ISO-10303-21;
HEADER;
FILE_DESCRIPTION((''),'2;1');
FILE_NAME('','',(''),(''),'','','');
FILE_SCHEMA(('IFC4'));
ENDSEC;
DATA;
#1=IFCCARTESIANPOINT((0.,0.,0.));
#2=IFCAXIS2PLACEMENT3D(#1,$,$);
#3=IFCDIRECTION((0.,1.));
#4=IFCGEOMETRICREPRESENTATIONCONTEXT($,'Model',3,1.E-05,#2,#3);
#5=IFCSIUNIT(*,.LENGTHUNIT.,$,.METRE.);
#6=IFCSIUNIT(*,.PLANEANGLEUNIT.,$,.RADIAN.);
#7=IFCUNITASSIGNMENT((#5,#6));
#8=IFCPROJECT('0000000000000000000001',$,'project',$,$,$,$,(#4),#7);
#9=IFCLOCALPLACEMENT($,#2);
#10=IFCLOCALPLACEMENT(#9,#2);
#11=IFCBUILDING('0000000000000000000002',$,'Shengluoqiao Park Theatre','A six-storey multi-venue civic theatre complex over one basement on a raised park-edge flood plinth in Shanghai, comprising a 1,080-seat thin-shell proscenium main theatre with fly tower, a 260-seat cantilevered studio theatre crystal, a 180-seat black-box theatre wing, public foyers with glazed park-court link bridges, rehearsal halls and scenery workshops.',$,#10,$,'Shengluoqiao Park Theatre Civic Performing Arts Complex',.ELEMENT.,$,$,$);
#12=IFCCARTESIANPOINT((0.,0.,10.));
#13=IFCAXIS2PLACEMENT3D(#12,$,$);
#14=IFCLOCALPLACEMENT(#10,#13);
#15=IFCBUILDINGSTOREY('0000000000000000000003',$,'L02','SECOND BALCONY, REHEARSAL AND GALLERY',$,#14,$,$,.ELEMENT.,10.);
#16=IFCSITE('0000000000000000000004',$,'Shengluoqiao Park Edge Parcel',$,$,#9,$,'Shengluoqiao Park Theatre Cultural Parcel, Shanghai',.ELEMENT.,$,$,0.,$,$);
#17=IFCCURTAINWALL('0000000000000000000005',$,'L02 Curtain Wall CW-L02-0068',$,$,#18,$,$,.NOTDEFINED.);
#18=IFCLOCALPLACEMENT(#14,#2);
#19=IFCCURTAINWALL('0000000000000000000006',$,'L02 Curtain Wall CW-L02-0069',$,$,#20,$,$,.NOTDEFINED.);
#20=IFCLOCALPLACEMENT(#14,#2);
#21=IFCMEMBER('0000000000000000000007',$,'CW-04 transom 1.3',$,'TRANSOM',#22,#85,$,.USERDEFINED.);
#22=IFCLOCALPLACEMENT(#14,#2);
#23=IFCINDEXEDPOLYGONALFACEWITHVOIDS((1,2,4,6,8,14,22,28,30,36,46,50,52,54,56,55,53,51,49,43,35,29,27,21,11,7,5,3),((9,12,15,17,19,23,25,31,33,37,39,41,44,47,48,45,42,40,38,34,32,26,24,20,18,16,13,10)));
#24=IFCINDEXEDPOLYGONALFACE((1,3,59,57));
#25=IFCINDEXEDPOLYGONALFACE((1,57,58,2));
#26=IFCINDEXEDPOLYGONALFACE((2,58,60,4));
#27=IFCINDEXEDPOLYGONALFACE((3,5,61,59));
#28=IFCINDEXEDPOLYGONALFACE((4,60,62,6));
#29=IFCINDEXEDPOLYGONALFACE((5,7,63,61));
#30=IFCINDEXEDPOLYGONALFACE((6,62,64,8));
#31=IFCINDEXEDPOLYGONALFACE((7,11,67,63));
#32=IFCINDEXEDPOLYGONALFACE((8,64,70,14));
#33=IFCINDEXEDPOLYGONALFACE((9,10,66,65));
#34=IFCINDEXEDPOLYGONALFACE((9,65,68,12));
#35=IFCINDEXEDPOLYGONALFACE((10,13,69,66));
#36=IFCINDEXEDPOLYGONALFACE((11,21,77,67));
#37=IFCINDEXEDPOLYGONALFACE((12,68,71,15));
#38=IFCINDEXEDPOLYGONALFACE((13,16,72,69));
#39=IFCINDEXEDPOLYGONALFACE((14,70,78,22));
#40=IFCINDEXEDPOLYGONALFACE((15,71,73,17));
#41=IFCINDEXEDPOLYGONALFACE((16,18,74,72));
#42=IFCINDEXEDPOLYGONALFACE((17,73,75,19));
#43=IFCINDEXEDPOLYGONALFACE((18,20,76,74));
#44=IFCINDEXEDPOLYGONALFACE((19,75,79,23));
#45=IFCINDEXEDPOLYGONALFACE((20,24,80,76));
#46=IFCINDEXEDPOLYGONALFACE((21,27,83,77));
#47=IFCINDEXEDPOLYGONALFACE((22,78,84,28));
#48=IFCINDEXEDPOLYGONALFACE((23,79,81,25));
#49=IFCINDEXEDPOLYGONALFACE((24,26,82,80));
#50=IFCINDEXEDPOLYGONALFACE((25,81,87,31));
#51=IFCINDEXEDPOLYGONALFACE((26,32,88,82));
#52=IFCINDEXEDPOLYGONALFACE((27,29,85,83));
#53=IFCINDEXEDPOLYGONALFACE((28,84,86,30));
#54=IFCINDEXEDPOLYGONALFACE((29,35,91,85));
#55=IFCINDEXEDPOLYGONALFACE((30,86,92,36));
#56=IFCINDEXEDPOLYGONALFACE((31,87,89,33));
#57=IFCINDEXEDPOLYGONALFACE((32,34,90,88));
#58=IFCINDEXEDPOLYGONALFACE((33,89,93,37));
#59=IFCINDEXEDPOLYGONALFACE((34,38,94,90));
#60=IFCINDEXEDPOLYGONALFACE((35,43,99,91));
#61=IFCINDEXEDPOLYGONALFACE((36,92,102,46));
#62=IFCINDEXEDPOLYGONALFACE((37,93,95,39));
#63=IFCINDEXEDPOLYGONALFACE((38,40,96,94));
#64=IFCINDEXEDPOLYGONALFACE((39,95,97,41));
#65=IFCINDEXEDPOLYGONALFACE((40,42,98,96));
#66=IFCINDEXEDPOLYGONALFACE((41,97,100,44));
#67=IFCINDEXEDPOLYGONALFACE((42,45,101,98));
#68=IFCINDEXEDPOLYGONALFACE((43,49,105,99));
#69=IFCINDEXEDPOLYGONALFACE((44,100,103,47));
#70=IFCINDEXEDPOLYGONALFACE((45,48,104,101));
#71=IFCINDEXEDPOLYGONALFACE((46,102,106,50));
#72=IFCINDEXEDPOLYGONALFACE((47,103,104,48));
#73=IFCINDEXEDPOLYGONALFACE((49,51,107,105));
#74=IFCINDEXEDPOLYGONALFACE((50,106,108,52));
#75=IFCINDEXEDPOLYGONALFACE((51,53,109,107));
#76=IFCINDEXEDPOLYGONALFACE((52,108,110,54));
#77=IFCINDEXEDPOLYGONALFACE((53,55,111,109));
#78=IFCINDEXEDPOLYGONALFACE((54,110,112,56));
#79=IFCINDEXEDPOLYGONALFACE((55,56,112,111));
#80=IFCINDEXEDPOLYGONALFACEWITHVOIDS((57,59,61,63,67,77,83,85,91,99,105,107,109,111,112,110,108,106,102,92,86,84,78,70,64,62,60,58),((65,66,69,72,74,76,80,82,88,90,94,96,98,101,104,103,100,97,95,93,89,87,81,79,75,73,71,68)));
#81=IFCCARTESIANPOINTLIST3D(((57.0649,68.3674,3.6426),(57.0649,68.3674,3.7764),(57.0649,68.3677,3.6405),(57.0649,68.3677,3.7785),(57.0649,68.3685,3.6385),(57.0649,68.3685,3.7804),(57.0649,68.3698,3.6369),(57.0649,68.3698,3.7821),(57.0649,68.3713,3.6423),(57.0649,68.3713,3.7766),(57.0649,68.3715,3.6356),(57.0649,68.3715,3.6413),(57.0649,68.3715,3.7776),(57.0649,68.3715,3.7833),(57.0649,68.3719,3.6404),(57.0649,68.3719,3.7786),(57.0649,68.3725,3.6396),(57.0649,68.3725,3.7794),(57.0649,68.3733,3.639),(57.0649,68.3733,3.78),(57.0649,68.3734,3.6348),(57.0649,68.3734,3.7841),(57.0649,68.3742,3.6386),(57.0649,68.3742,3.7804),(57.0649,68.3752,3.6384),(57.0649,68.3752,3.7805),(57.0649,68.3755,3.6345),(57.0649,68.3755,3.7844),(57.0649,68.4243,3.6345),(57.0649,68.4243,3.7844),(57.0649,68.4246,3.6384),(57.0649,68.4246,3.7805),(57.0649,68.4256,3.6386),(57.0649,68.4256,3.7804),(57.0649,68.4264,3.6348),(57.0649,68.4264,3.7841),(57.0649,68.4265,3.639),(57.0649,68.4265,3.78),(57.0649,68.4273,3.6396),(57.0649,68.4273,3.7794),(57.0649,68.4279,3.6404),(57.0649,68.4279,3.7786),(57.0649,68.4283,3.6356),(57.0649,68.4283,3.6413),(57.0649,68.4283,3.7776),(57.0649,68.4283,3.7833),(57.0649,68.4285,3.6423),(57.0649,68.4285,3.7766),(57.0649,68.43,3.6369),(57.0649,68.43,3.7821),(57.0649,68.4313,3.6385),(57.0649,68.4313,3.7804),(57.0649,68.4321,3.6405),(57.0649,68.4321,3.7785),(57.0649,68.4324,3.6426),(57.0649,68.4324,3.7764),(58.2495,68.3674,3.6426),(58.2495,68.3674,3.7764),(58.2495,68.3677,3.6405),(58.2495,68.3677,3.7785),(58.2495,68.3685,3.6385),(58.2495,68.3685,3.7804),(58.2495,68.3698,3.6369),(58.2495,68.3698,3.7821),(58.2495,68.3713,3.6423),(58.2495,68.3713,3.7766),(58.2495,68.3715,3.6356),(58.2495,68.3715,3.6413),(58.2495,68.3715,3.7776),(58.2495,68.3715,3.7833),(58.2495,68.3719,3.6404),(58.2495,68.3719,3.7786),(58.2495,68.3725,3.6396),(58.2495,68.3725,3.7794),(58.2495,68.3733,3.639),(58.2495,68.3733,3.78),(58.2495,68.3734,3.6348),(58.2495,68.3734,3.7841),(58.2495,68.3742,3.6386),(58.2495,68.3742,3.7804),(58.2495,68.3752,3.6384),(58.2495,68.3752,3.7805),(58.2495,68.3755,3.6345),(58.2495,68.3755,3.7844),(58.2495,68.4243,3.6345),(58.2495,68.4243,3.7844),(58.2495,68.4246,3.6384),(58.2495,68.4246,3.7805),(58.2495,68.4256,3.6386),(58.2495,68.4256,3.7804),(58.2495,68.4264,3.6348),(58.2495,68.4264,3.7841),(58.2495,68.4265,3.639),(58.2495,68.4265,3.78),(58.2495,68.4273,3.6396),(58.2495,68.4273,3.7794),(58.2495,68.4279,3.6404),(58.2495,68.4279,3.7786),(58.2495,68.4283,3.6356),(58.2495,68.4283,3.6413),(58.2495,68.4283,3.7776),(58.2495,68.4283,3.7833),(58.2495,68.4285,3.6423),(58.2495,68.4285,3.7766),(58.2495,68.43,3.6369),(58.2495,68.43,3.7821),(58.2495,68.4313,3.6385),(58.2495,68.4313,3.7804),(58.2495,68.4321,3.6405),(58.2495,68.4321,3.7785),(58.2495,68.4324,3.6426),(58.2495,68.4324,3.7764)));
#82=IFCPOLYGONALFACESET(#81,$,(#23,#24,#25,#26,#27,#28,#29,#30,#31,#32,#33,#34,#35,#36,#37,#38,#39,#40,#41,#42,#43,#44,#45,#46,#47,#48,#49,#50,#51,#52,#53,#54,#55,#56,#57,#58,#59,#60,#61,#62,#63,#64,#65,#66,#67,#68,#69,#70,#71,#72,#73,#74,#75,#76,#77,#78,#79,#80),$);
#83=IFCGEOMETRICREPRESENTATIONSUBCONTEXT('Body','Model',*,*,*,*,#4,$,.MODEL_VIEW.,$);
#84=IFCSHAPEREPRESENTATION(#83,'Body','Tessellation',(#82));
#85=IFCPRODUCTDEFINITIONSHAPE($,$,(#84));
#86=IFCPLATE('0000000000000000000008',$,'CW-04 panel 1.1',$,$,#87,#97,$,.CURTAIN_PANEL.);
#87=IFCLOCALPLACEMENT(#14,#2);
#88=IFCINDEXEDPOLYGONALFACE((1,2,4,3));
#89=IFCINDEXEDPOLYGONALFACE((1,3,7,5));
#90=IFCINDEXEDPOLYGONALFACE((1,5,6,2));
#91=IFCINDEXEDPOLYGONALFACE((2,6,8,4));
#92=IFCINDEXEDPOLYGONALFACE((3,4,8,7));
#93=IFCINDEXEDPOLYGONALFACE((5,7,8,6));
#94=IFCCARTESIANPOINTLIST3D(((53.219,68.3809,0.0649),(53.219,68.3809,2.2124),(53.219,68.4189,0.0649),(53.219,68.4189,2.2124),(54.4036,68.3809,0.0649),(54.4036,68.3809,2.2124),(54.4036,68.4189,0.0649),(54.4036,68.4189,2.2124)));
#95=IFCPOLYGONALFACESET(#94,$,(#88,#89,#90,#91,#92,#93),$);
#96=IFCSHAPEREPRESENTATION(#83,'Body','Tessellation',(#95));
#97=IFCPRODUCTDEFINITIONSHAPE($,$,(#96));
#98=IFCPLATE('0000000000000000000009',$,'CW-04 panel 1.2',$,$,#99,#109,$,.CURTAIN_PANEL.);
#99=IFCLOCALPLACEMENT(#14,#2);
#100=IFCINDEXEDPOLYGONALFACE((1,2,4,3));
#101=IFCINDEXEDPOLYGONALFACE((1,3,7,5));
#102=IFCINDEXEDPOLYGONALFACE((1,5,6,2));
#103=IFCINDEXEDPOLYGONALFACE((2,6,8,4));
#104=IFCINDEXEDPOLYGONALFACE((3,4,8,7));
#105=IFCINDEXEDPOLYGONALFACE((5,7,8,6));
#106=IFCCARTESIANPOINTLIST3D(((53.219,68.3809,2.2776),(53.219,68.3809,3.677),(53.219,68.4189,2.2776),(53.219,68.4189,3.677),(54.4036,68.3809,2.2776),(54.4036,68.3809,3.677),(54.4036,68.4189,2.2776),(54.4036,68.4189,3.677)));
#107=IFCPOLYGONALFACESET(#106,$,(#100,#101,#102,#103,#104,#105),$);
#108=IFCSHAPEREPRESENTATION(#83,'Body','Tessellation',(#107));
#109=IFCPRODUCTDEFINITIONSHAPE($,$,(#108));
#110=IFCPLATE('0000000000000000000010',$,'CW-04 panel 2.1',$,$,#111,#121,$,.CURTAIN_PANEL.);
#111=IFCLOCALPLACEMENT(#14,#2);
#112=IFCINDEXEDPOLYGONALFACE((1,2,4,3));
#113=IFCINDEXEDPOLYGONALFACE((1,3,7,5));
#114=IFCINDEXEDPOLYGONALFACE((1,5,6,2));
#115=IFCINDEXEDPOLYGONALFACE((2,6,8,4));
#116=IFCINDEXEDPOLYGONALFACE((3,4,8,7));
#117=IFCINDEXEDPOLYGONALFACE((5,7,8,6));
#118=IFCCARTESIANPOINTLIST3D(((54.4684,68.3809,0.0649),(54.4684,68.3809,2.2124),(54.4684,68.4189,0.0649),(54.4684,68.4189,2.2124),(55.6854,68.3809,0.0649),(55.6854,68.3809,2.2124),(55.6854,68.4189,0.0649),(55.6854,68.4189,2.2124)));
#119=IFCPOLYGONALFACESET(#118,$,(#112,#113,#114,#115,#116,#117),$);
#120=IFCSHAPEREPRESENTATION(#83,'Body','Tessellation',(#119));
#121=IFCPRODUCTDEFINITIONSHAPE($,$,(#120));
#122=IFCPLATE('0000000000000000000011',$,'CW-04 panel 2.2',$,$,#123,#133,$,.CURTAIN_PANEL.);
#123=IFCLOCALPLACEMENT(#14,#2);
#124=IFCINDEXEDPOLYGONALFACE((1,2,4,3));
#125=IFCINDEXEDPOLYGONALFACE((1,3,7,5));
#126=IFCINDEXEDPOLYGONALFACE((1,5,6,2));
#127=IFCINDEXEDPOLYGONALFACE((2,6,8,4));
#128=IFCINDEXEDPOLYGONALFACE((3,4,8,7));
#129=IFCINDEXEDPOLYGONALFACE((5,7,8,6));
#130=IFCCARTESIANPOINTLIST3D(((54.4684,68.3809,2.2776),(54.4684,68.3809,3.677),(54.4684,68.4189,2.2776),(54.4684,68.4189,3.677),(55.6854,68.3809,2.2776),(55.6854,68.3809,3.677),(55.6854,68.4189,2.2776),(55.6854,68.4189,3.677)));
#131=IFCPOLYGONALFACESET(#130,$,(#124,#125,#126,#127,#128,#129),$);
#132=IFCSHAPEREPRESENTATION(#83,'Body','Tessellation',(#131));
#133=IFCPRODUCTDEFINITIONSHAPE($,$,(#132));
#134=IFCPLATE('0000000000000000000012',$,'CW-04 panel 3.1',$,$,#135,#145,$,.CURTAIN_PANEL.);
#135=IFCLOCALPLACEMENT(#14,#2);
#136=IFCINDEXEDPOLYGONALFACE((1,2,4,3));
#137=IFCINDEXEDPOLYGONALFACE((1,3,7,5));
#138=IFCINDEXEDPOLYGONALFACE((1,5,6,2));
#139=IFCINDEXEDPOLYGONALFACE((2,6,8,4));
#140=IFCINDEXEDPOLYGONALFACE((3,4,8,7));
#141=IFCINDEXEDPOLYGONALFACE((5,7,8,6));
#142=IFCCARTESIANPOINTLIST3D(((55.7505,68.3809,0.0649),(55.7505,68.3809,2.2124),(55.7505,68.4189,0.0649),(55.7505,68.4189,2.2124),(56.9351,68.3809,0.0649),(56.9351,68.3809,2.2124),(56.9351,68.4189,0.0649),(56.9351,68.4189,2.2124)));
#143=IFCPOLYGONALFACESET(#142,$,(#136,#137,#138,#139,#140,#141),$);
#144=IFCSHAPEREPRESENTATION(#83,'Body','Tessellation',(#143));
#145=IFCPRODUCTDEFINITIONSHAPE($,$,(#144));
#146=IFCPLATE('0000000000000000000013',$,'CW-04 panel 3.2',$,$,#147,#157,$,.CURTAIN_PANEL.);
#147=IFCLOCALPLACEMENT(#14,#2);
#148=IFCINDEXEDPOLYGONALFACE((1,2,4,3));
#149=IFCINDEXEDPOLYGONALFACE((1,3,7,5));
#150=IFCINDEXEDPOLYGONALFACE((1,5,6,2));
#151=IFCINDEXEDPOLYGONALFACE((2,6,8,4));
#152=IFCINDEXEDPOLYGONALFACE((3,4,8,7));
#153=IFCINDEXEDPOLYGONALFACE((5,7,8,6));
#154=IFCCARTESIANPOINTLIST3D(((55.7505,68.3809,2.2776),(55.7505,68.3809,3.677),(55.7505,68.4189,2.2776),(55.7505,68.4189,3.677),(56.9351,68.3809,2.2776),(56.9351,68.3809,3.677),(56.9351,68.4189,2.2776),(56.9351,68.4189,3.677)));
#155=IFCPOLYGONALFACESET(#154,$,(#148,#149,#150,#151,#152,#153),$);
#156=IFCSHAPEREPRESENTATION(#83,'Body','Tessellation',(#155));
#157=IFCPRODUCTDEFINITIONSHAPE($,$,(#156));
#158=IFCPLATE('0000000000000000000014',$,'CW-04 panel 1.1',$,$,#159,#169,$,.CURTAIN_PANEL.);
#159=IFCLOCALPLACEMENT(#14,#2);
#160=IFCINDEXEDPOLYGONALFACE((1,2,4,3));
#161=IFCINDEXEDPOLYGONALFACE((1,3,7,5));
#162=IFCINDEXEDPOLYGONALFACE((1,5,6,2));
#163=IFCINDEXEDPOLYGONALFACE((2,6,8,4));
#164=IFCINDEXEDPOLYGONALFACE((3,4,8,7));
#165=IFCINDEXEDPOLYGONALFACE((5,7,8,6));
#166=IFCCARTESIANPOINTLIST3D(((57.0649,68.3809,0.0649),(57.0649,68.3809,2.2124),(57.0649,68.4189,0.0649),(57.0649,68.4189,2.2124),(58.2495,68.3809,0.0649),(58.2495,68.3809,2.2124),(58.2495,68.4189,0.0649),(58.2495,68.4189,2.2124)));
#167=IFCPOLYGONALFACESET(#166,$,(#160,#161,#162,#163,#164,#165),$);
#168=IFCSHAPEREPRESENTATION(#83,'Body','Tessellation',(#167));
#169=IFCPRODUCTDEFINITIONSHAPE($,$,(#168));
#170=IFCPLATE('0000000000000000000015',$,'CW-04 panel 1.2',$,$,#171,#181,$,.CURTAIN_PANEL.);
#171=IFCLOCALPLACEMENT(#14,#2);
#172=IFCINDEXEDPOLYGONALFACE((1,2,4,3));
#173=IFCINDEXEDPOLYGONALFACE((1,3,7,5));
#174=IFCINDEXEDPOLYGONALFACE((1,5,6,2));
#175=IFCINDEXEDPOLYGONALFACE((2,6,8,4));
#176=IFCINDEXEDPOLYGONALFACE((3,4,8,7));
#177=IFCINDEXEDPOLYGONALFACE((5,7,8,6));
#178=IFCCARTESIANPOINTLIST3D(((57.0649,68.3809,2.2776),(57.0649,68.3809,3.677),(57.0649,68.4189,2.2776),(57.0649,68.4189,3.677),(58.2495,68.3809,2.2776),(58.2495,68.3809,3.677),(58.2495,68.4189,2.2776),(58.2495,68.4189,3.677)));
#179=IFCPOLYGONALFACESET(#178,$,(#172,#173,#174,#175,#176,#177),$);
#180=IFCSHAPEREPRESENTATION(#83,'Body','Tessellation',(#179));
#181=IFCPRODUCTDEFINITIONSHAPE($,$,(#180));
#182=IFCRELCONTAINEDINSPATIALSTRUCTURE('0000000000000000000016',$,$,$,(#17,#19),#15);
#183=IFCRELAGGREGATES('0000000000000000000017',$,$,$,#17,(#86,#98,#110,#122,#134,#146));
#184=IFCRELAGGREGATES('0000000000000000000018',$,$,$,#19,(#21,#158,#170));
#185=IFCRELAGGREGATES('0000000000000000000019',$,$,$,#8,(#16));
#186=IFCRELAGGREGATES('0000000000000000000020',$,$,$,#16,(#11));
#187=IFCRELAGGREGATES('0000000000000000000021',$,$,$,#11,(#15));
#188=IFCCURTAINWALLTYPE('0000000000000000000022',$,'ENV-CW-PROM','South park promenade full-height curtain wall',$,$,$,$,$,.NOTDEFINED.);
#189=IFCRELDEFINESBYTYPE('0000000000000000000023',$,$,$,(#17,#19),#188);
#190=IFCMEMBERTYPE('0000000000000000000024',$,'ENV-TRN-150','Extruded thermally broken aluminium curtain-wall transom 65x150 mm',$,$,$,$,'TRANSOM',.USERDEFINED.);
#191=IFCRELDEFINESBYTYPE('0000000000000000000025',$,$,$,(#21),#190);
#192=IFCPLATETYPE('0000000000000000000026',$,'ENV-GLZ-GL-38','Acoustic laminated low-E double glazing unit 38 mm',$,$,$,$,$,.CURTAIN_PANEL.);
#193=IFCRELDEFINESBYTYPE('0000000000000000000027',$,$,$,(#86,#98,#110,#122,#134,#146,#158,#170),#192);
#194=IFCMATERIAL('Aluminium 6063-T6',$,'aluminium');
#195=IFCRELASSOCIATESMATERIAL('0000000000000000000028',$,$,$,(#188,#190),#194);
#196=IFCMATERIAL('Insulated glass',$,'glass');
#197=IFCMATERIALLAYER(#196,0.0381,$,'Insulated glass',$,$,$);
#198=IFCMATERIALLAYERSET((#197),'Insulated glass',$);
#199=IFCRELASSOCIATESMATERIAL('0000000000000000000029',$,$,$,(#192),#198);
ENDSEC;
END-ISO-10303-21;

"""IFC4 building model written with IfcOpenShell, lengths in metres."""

from ifc_helpers import new_model, si_unit, direction, frame, origin, origin_2d, place, context, subcontext, project, spatial, rectangle, hollow_rectangle, extrude, material, layer, layer_set, material_profile, profile_set, type_object, element, aggregate, save


model = new_model("IFC4")

# Units and contexts
model_context = context("Model", 3, precision=1e-05, world=origin(), true_north=direction((0.0, 1.0)))
body_context = subcontext(model_context, "Body", "Model", "MODEL_VIEW")
ifc_project = project(units=[si_unit("LENGTHUNIT", "METRE"), si_unit("PLANEANGLEUNIT", "RADIAN")], contexts=[model_context])

# Site, building, storey
site_placement = place(None, origin())
site = spatial("IfcSite", under=ifc_project, at=site_placement, Name="Shengluoqiao Park Edge Parcel", LongName="Shengluoqiao Park Theatre Cultural Parcel, Shanghai", CompositionType="ELEMENT", RefElevation=0.0)
building_placement = place(site_placement, origin())
building = spatial("IfcBuilding", under=site, at=building_placement, Name="Shengluoqiao Park Theatre", Description="A six-storey multi-venue civic theatre complex over one basement on a raised park-edge flood plinth in Shanghai, comprising a 1,080-seat thin-shell proscenium main theatre with fly tower, a 260-seat cantilevered studio theatre crystal, a 180-seat black-box theatre wing, public foyers with glazed park-court link bridges, rehearsal halls and scenery workshops.", LongName="Shengluoqiao Park Theatre Civic Performing Arts Complex", CompositionType="ELEMENT")
storey_placement = place(building_placement, frame((0.0, 0.0, 10.0)))
storey = spatial("IfcBuildingStorey", under=building, at=storey_placement, Name="L02", Description="SECOND BALCONY, REHEARSAL AND GALLERY", CompositionType="ELEMENT", Elevation=10.0)

# Curtain walls
ifc_material_1 = material(Name="Aluminium 6063-T6", Category="aluminium")
curtain_wall_type = type_object("IfcCurtainWallType", Name="ENV-CW-PROM", Description="South park promenade full-height curtain wall", PredefinedType="NOTDEFINED", material=ifc_material_1)
curtain_wall_1_placement = place(storey_placement, origin())
curtain_wall_1 = element("IfcCurtainWall", 1, at=curtain_wall_1_placement, inside=storey, type_object=curtain_wall_type, Name="L02 Curtain Wall CW-L02-0068", PredefinedType="NOTDEFINED")
curtain_wall_2_placement = place(storey_placement, origin())
curtain_wall_2 = element("IfcCurtainWall", 2, at=curtain_wall_2_placement, inside=storey, type_object=curtain_wall_type, Name="L02 Curtain Wall CW-L02-0069", PredefinedType="NOTDEFINED")

# Member
ifc_material_profile_1 = material_profile(ifc_material_1, hollow_rectangle(XDim=0.0649, YDim=0.1499, WallThickness=0.0039, InnerFilletRadius=0.0039, OuterFilletRadius=0.0081, at=origin_2d()), Name="ALU TRANSOM 150x65x4")
ifc_profile_set_1 = profile_set([ifc_material_profile_1], Name="Aluminium 6063-T6")
member_type_1 = type_object("IfcMemberType", Name="ENV-TRN-150", Description="Extruded thermally broken aluminium curtain-wall transom 65x150 mm", ElementType="TRANSOM", PredefinedType="USERDEFINED", material=ifc_profile_set_1)
member_1_placement = place(storey_placement, frame((57.0649, 68.3999, 3.7095), z_axis=(1.0, 0.0, 0.0), x_axis=(0.0, 1.0, 0.0)))
member_1 = element("IfcMember", 3, at=member_1_placement, type_object=member_type_1, Name="CW-04 transom 1.3", ObjectType="TRANSOM", PredefinedType="USERDEFINED", context=body_context, shape_type="SweptSolid", body=[
    extrude(hollow_rectangle(XDim=0.0649, YDim=0.1499, WallThickness=0.0039, InnerFilletRadius=0.0039, OuterFilletRadius=0.0081, at=origin_2d()), origin(), (0.0, 0.0, 1.0), 1.1846),
])

# Plates
ifc_material_2 = material(Name="Insulated glass", Category="glass")
ifc_layer = layer(ifc_material_2, 0.0381, Name="Insulated glass")
ifc_layer_set = layer_set([ifc_layer], Name="Insulated glass")
plate_type = type_object("IfcPlateType", Name="ENV-GLZ-GL-38", Description="Acoustic laminated low-E double glazing unit 38 mm", PredefinedType="CURTAIN_PANEL", material=ifc_layer_set)
plate_1_placement = place(storey_placement, frame((53.8113, 68.3999, 0.0649), z_axis=(0.0, 0.0, 1.0), x_axis=(1.0, 0.0, 0.0)))
plate_1 = element("IfcPlate", 4, at=plate_1_placement, type_object=plate_type, Name="CW-04 panel 1.1", PredefinedType="CURTAIN_PANEL", context=body_context, shape_type="SweptSolid", body=[
    extrude(rectangle(XDim=1.1846, YDim=0.0381, at=origin_2d()), origin(), (0.0, 0.0, 1.0), 2.1475),
])
plate_2_placement = place(storey_placement, frame((53.8113, 68.3999, 2.2776), z_axis=(0.0, 0.0, 1.0), x_axis=(1.0, 0.0, 0.0)))
plate_2 = element("IfcPlate", 5, at=plate_2_placement, type_object=plate_type, Name="CW-04 panel 1.2", PredefinedType="CURTAIN_PANEL", context=body_context, shape_type="SweptSolid", body=[
    extrude(rectangle(XDim=1.1846, YDim=0.0381, at=origin_2d()), origin(), (0.0, 0.0, 1.0), 1.3994),
])
plate_3_placement = place(storey_placement, frame((55.0769, 68.3999, 0.0649), z_axis=(0.0, 0.0, 1.0), x_axis=(1.0, 0.0, 0.0)))
plate_3 = element("IfcPlate", 6, at=plate_3_placement, type_object=plate_type, Name="CW-04 panel 2.1", PredefinedType="CURTAIN_PANEL", context=body_context, shape_type="SweptSolid", body=[
    extrude(rectangle(XDim=1.217, YDim=0.0381, at=origin_2d()), origin(), (0.0, 0.0, 1.0), 2.1475),
])
plate_4_placement = place(storey_placement, frame((55.0769, 68.3999, 2.2776), z_axis=(0.0, 0.0, 1.0), x_axis=(1.0, 0.0, 0.0)))
plate_4 = element("IfcPlate", 7, at=plate_4_placement, type_object=plate_type, Name="CW-04 panel 2.2", PredefinedType="CURTAIN_PANEL", context=body_context, shape_type="SweptSolid", body=[
    extrude(rectangle(XDim=1.217, YDim=0.0381, at=origin_2d()), origin(), (0.0, 0.0, 1.0), 1.3994),
])
plate_5_placement = place(storey_placement, frame((56.3428, 68.3999, 0.0649), z_axis=(0.0, 0.0, 1.0), x_axis=(1.0, 0.0, 0.0)))
plate_5 = element("IfcPlate", 8, at=plate_5_placement, type_object=plate_type, Name="CW-04 panel 3.1", PredefinedType="CURTAIN_PANEL", context=body_context, shape_type="SweptSolid", body=[
    extrude(rectangle(XDim=1.1846, YDim=0.0381, at=origin_2d()), origin(), (0.0, 0.0, 1.0), 2.1475),
])
plate_6_placement = place(storey_placement, frame((56.3428, 68.3999, 2.2776), z_axis=(0.0, 0.0, 1.0), x_axis=(1.0, 0.0, 0.0)))
plate_6 = element("IfcPlate", 9, at=plate_6_placement, type_object=plate_type, Name="CW-04 panel 3.2", PredefinedType="CURTAIN_PANEL", context=body_context, shape_type="SweptSolid", body=[
    extrude(rectangle(XDim=1.1846, YDim=0.0381, at=origin_2d()), origin(), (0.0, 0.0, 1.0), 1.3994),
])
aggregate(curtain_wall_1, [plate_1, plate_2, plate_3, plate_4, plate_5, plate_6])
plate_7_placement = place(storey_placement, frame((57.6572, 68.3999, 0.0649), z_axis=(0.0, 0.0, 1.0), x_axis=(1.0, 0.0, 0.0)))
plate_7 = element("IfcPlate", 10, at=plate_7_placement, type_object=plate_type, Name="CW-04 panel 1.1", PredefinedType="CURTAIN_PANEL", context=body_context, shape_type="SweptSolid", body=[
    extrude(rectangle(XDim=1.1846, YDim=0.0381, at=origin_2d()), origin(), (0.0, 0.0, 1.0), 2.1475),
])
plate_8_placement = place(storey_placement, frame((57.6572, 68.3999, 2.2776), z_axis=(0.0, 0.0, 1.0), x_axis=(1.0, 0.0, 0.0)))
plate_8 = element("IfcPlate", 11, at=plate_8_placement, type_object=plate_type, Name="CW-04 panel 1.2", PredefinedType="CURTAIN_PANEL", context=body_context, shape_type="SweptSolid", body=[
    extrude(rectangle(XDim=1.1846, YDim=0.0381, at=origin_2d()), origin(), (0.0, 0.0, 1.0), 1.3994),
])
aggregate(curtain_wall_2, [member_1, plate_7, plate_8])

save(model, "model.ifc")
